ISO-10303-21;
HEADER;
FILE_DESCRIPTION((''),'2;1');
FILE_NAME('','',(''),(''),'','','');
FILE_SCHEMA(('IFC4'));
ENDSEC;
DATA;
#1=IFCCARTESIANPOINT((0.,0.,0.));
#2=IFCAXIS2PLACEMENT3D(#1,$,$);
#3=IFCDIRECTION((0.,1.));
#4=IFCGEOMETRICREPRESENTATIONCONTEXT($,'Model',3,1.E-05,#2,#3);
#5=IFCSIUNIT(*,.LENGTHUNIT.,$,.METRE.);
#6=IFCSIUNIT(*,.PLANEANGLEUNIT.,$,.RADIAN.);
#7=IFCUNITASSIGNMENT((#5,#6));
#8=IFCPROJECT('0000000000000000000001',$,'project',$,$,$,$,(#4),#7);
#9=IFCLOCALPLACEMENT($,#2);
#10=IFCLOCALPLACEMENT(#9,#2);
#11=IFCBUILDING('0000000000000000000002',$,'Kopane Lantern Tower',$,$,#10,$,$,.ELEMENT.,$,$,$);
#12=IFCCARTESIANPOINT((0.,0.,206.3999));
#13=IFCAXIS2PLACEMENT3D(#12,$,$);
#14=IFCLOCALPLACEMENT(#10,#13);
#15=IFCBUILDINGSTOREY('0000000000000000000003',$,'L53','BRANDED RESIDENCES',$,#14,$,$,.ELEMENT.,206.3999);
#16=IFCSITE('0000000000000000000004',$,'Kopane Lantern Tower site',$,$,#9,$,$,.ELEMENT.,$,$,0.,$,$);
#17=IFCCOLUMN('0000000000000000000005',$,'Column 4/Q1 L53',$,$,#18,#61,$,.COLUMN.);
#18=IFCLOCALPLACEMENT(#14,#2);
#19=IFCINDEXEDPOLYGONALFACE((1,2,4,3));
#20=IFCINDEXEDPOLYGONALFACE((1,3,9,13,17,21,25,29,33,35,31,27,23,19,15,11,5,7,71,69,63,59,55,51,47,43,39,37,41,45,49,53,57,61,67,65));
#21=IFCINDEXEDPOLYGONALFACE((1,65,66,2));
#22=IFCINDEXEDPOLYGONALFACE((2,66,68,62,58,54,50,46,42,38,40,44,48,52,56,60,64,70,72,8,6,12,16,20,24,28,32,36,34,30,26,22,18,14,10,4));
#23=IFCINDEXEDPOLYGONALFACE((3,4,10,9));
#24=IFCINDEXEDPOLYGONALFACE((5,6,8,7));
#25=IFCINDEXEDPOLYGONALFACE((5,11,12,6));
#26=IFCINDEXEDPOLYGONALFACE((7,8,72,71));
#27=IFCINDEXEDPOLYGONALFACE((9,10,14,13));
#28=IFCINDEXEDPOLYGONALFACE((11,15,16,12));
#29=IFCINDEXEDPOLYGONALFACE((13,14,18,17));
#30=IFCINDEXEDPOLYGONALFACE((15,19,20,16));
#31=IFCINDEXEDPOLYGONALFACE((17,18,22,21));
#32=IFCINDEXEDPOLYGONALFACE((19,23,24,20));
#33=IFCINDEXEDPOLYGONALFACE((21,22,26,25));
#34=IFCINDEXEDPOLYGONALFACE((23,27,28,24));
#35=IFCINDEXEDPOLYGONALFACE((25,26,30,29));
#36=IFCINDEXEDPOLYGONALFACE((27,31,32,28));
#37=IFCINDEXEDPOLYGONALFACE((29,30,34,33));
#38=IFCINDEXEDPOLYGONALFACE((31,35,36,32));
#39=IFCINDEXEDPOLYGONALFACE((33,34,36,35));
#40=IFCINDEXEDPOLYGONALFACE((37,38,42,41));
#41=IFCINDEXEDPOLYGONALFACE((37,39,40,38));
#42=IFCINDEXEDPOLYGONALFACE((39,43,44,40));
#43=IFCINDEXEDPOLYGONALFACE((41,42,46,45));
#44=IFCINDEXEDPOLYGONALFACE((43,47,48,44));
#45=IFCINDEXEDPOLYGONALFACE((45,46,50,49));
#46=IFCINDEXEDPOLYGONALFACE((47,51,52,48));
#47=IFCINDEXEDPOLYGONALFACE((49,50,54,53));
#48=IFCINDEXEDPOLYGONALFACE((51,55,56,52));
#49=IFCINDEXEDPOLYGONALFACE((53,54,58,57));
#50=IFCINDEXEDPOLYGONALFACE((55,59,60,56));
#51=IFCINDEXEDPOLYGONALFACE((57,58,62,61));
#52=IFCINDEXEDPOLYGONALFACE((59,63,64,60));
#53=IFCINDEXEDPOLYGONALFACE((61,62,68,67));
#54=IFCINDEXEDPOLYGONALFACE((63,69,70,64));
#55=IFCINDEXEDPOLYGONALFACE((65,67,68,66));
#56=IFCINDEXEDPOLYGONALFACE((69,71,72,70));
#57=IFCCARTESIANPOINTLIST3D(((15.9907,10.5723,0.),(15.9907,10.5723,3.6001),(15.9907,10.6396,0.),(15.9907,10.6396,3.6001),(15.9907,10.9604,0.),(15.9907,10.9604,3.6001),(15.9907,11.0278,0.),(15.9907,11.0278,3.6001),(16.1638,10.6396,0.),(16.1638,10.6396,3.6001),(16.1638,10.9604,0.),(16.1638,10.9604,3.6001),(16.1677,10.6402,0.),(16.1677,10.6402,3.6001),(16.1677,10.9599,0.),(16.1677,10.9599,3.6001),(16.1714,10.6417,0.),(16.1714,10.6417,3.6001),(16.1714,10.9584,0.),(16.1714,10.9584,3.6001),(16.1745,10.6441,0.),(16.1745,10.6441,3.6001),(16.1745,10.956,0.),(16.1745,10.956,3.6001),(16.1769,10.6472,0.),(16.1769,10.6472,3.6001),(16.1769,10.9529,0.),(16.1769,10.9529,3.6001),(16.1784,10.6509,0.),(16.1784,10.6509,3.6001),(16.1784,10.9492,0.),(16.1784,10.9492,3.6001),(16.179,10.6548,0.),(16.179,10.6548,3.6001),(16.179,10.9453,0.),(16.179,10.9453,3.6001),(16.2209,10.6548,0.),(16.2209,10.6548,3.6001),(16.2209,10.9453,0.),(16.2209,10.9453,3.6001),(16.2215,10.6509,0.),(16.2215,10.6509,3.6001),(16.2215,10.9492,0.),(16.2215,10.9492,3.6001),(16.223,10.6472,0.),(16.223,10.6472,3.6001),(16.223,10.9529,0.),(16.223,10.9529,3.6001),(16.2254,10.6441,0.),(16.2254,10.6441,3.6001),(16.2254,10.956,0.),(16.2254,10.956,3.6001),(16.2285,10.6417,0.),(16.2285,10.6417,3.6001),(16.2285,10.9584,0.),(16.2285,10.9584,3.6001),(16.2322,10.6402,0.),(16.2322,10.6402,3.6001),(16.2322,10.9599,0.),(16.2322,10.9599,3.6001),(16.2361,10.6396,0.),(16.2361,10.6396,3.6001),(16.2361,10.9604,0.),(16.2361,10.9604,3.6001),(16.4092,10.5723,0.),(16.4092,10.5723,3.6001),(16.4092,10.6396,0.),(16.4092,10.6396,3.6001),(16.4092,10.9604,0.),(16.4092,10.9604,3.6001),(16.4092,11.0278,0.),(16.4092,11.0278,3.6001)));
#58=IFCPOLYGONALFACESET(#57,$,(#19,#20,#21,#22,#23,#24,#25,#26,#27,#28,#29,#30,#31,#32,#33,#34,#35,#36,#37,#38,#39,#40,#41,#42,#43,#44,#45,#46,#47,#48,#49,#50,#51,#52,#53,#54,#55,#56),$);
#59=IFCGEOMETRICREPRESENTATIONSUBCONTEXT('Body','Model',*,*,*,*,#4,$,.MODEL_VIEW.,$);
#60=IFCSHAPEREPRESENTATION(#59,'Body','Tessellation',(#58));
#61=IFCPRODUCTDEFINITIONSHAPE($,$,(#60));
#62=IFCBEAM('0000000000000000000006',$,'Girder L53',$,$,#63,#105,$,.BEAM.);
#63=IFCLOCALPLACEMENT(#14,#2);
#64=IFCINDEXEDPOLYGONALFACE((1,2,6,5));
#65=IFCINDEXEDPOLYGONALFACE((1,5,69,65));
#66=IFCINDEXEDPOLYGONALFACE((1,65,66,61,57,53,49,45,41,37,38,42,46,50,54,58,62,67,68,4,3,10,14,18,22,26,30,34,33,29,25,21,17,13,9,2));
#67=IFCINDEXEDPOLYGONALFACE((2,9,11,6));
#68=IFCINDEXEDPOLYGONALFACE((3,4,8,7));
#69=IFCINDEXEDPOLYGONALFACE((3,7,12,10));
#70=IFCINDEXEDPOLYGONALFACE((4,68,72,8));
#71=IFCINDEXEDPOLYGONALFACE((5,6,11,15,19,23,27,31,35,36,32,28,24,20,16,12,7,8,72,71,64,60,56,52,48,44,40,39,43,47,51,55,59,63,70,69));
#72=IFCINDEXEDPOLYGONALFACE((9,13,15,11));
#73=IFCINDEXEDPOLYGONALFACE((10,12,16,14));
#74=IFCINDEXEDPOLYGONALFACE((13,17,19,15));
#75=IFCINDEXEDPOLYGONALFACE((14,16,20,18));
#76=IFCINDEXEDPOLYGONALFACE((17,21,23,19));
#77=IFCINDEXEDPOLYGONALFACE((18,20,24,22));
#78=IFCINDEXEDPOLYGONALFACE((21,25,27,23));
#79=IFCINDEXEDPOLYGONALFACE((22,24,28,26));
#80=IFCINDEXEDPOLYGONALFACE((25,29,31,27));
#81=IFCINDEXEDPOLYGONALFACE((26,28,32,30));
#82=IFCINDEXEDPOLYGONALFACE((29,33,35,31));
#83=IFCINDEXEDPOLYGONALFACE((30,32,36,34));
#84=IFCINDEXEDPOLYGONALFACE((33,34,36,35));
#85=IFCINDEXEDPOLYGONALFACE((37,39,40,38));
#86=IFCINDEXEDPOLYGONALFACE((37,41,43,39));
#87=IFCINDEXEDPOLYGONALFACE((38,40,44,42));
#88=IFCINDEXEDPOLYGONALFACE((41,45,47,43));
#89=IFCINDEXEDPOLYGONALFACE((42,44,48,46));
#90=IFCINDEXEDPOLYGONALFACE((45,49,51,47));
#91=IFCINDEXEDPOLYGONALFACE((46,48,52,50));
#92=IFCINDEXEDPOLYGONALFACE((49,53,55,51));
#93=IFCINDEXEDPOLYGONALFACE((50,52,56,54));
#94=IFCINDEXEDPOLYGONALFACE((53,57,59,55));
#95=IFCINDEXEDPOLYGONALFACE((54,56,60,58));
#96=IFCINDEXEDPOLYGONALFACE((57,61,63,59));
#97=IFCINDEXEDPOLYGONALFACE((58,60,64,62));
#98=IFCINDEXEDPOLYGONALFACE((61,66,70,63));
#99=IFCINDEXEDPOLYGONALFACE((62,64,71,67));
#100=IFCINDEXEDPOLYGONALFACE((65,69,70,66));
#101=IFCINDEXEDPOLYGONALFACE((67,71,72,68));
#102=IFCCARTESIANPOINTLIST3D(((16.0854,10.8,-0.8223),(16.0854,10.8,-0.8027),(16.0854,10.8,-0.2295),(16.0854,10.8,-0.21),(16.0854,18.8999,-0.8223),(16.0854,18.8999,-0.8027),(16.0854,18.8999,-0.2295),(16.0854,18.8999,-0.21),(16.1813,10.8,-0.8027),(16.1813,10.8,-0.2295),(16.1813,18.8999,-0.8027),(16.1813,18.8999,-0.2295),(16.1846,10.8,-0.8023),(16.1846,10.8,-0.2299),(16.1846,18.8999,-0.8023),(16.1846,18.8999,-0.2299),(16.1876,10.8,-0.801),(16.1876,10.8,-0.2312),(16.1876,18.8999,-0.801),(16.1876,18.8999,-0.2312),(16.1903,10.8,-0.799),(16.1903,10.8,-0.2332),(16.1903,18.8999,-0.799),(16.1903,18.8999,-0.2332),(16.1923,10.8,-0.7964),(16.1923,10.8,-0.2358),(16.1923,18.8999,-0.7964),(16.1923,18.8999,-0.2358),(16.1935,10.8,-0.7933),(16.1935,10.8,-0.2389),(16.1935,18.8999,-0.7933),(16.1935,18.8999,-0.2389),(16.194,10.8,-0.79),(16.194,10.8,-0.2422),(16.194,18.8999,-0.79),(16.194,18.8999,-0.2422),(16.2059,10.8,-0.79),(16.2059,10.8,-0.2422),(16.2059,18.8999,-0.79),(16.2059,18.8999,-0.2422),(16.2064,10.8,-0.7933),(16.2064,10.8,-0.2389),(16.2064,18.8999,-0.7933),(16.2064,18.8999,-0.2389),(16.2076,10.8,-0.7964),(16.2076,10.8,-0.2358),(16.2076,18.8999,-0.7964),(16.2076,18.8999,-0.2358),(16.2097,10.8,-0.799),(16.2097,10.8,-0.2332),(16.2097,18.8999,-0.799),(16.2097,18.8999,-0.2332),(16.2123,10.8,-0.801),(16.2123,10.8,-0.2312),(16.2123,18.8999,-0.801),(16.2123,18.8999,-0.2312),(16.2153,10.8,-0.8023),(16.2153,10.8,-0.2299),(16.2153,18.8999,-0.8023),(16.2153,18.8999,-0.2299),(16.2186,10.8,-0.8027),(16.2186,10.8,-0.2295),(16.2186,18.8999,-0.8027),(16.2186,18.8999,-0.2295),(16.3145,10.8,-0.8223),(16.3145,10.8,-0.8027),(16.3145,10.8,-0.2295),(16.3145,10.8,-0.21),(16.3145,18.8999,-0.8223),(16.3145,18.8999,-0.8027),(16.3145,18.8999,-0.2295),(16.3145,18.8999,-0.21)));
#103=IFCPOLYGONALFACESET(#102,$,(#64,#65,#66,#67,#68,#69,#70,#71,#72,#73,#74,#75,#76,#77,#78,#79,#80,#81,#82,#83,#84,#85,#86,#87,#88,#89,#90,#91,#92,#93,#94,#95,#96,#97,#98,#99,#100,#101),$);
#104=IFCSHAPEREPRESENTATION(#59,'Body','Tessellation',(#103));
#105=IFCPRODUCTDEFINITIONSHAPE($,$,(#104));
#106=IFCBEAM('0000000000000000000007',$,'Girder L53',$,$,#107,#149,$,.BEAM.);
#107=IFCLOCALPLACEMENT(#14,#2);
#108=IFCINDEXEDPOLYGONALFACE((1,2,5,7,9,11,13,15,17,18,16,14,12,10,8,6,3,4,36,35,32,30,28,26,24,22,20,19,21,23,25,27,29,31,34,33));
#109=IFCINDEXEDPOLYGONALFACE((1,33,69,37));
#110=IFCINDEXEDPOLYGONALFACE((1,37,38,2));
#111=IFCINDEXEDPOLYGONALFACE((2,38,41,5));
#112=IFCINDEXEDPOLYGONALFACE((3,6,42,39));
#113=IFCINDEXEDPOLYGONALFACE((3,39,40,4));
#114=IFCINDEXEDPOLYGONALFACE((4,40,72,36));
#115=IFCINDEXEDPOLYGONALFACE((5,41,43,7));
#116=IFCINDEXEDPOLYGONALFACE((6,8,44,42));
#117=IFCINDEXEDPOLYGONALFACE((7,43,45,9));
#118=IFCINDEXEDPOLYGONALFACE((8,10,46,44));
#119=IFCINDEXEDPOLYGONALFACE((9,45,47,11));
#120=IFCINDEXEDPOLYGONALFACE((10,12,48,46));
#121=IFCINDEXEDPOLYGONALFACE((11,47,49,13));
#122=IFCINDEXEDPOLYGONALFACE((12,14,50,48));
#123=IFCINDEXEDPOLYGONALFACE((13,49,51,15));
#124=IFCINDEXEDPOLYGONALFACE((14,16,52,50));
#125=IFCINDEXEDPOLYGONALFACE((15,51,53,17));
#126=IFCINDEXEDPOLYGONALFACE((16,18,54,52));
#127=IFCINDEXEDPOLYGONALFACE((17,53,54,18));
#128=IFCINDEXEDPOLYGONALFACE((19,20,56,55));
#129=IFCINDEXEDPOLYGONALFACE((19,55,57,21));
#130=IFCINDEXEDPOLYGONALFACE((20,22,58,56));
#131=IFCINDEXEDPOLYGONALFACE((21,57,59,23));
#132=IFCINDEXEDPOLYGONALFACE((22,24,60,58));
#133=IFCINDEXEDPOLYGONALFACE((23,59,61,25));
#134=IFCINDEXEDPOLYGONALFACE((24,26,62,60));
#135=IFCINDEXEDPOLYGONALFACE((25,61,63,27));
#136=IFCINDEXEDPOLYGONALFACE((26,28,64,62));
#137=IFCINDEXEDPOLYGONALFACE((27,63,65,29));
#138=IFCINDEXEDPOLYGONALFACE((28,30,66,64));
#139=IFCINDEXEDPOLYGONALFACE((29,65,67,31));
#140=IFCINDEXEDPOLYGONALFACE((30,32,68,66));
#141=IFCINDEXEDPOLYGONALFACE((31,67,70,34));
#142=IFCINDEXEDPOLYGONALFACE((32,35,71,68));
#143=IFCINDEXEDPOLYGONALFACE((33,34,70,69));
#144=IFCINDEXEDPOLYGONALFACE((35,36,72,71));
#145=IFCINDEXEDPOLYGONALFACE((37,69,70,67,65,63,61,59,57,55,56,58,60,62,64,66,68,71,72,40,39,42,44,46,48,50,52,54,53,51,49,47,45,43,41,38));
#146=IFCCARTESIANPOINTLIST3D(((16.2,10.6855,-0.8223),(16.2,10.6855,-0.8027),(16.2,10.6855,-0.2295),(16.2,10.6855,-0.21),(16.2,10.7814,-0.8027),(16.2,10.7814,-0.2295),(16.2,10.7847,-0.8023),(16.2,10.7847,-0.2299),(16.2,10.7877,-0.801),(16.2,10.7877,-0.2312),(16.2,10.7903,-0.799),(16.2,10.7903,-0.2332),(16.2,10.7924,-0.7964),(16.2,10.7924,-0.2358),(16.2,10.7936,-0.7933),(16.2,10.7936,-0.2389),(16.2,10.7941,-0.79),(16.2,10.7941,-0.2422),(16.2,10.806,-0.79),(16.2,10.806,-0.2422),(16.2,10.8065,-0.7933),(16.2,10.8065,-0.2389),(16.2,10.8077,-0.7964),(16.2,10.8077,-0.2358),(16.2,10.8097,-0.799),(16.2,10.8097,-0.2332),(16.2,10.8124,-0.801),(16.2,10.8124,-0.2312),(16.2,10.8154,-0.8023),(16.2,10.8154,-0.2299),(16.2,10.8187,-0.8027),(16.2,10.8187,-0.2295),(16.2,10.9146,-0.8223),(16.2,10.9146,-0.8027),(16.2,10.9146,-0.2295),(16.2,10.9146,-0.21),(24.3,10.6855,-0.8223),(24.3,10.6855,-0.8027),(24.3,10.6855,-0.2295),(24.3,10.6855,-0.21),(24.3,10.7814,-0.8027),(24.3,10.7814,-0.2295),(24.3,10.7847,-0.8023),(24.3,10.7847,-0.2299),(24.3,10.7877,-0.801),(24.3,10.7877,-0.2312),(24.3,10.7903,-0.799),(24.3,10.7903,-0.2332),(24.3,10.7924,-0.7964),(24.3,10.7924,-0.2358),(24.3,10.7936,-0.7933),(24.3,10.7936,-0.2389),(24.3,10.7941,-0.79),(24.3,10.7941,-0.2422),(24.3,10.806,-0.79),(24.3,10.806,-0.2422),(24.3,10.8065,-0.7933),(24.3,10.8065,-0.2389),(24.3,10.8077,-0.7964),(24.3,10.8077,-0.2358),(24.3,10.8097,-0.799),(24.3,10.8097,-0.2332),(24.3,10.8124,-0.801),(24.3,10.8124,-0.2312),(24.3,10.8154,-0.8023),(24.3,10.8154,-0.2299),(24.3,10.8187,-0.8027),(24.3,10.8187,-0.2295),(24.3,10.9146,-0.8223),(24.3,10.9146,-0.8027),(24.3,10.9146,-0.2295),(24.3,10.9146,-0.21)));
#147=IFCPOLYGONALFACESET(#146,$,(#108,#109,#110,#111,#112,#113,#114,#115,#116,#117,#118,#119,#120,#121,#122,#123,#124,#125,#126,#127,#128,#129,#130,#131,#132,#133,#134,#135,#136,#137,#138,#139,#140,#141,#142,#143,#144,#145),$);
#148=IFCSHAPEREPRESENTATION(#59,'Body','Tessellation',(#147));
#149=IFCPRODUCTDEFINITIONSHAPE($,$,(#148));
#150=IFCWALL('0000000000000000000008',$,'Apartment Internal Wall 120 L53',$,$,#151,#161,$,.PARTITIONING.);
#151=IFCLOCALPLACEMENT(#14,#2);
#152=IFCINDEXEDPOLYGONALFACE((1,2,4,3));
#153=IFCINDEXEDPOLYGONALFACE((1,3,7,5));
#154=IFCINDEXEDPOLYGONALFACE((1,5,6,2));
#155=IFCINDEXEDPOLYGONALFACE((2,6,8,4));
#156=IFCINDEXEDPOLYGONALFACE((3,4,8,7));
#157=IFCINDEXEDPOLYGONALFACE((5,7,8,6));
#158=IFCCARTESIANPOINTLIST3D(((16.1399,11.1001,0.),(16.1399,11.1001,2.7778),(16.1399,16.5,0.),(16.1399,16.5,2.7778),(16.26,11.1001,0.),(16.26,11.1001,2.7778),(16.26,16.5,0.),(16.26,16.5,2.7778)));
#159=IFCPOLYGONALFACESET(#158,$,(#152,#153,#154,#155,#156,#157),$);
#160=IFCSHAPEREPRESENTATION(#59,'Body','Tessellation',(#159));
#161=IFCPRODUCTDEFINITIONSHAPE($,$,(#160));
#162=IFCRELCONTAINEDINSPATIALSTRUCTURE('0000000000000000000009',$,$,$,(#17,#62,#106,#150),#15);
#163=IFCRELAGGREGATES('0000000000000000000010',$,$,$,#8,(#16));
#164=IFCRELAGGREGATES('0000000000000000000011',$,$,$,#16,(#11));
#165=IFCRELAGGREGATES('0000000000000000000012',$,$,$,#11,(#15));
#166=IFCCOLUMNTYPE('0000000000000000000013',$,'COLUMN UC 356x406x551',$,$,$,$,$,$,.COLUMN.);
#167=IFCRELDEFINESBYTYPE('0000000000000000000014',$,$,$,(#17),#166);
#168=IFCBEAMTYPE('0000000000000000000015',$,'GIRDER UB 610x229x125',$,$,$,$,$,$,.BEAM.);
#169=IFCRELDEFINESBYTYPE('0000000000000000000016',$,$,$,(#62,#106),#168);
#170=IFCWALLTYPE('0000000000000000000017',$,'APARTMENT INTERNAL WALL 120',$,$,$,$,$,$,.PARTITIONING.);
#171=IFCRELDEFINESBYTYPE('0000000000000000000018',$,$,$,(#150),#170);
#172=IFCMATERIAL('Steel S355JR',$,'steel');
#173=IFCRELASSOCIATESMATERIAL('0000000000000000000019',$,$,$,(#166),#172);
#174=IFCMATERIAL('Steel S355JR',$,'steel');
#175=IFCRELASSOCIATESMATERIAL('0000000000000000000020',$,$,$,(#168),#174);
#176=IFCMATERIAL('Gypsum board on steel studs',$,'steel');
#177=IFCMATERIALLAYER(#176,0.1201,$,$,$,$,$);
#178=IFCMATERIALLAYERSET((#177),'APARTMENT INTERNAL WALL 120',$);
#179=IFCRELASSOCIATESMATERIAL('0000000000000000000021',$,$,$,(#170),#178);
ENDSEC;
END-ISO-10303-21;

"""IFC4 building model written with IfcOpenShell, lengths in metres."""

from ifc_helpers import new_model, si_unit, direction, frame, frame_2d, origin, origin_2d, place, context, subcontext, project, spatial, rectangle, i_section, extrude, material, layer, layer_set, material_profile, profile_set, type_object, element, save


model = new_model("IFC4")

# Units and contexts
model_context = context("Model", 3, precision=1e-05, world=origin(), true_north=direction((0.0, 1.0)))
body_context = subcontext(model_context, "Body", "Model", "MODEL_VIEW")
ifc_project = project(units=[si_unit("LENGTHUNIT", "METRE"), si_unit("PLANEANGLEUNIT", "RADIAN")], contexts=[model_context])

# Site, building, storey
site_placement = place(None, origin())
site = spatial("IfcSite", under=ifc_project, at=site_placement, Name="Kopane Lantern Tower site", CompositionType="ELEMENT", RefElevation=0.0)
building_placement = place(site_placement, origin())
building = spatial("IfcBuilding", under=site, at=building_placement, Name="Kopane Lantern Tower", CompositionType="ELEMENT")
storey_placement = place(building_placement, frame((0.0, 0.0, 206.3999)))
storey = spatial("IfcBuildingStorey", under=building, at=storey_placement, Name="L53", Description="BRANDED RESIDENCES", CompositionType="ELEMENT", Elevation=206.3999)

# Column
ifc_material_1 = material(Name="Steel S355JR", Category="steel")
ifc_material_profile_1 = material_profile(ifc_material_1, i_section(OverallWidth=0.4185, OverallDepth=0.4556, WebThickness=0.042, FlangeThickness=0.0674, FilletRadius=0.0151, at=origin_2d()), Name="UC 356x406x551")
ifc_profile_set_1 = profile_set([ifc_material_profile_1], Name="Steel S355JR")
column_type = type_object("IfcColumnType", Name="COLUMN UC 356x406x551", PredefinedType="COLUMN", material=ifc_profile_set_1)
column_placement = place(storey_placement, frame((16.2, 10.8, 0.0), z_axis=(0.0, 0.0, 1.0), x_axis=(1.0, 0.0, 0.0)))
element("IfcColumn", 1, at=column_placement, inside=storey, type_object=column_type, Name="Column 4/Q1 L53", PredefinedType="COLUMN", context=body_context, shape_type="SweptSolid", body=[
    extrude(i_section(OverallWidth=0.4185, OverallDepth=0.4556, WebThickness=0.042, FlangeThickness=0.0674, FilletRadius=0.0151, at=origin_2d()), origin(), (0.0, 0.0, 1.0), 3.6001),
])

# Beams
ifc_material_2 = material(Name="Steel S355JR", Category="steel")
ifc_material_profile_2 = material_profile(ifc_material_2, i_section(OverallWidth=0.229, OverallDepth=0.6123, WebThickness=0.012, FlangeThickness=0.0195, FilletRadius=0.0127, at=origin_2d()), Name="UB 610x229x125")
ifc_profile_set_2 = profile_set([ifc_material_profile_2], Name="Steel S355JR")
beam_type = type_object("IfcBeamType", Name="GIRDER UB 610x229x125", PredefinedType="BEAM", material=ifc_profile_set_2)
beam_1_placement = place(storey_placement, frame((16.2, 10.8, -0.5161), z_axis=(0.0, 1.0, 0.0), x_axis=(-1.0, 0.0, 0.0)))
element("IfcBeam", 2, at=beam_1_placement, inside=storey, type_object=beam_type, Name="Girder L53", PredefinedType="BEAM", context=body_context, shape_type="SweptSolid", body=[
    extrude(i_section(OverallWidth=0.229, OverallDepth=0.6123, WebThickness=0.012, FlangeThickness=0.0195, FilletRadius=0.0127, at=origin_2d()), origin(), (0.0, 0.0, 1.0), 8.0999),
])
beam_2_placement = place(storey_placement, frame((16.2, 10.8, -0.5161), z_axis=(1.0, 0.0, 0.0), x_axis=(0.0, 1.0, 0.0)))
element("IfcBeam", 3, at=beam_2_placement, inside=storey, type_object=beam_type, Name="Girder L53", PredefinedType="BEAM", context=body_context, shape_type="SweptSolid", body=[
    extrude(i_section(OverallWidth=0.229, OverallDepth=0.6123, WebThickness=0.012, FlangeThickness=0.0195, FilletRadius=0.0127, at=origin_2d()), origin(), (0.0, 0.0, 1.0), 8.1001),
])

# Wall
ifc_material_3 = material(Name="Gypsum board on steel studs", Category="steel")
ifc_layer_1 = layer(ifc_material_3, 0.1201)
ifc_layer_set_1 = layer_set([ifc_layer_1], Name="APARTMENT INTERNAL WALL 120")
wall_type_1 = type_object("IfcWallType", Name="APARTMENT INTERNAL WALL 120", PredefinedType="PARTITIONING", material=ifc_layer_set_1)
wall_1_placement = place(storey_placement, frame((16.2, 16.5, 0.0), z_axis=(0.0, 0.0, 1.0), x_axis=(0.0, -1.0, 0.0)))
element("IfcWall", 4, at=wall_1_placement, inside=storey, type_object=wall_type_1, Name="Apartment Internal Wall 120 L53", PredefinedType="PARTITIONING", context=body_context, shape_type="SweptSolid", body=[
    extrude(rectangle(XDim=5.3999, YDim=0.1201, at=frame_2d((2.7, 0.0))), origin(), (0.0, 0.0, 1.0), 2.7778),
])

save(model, "model.ifc")
